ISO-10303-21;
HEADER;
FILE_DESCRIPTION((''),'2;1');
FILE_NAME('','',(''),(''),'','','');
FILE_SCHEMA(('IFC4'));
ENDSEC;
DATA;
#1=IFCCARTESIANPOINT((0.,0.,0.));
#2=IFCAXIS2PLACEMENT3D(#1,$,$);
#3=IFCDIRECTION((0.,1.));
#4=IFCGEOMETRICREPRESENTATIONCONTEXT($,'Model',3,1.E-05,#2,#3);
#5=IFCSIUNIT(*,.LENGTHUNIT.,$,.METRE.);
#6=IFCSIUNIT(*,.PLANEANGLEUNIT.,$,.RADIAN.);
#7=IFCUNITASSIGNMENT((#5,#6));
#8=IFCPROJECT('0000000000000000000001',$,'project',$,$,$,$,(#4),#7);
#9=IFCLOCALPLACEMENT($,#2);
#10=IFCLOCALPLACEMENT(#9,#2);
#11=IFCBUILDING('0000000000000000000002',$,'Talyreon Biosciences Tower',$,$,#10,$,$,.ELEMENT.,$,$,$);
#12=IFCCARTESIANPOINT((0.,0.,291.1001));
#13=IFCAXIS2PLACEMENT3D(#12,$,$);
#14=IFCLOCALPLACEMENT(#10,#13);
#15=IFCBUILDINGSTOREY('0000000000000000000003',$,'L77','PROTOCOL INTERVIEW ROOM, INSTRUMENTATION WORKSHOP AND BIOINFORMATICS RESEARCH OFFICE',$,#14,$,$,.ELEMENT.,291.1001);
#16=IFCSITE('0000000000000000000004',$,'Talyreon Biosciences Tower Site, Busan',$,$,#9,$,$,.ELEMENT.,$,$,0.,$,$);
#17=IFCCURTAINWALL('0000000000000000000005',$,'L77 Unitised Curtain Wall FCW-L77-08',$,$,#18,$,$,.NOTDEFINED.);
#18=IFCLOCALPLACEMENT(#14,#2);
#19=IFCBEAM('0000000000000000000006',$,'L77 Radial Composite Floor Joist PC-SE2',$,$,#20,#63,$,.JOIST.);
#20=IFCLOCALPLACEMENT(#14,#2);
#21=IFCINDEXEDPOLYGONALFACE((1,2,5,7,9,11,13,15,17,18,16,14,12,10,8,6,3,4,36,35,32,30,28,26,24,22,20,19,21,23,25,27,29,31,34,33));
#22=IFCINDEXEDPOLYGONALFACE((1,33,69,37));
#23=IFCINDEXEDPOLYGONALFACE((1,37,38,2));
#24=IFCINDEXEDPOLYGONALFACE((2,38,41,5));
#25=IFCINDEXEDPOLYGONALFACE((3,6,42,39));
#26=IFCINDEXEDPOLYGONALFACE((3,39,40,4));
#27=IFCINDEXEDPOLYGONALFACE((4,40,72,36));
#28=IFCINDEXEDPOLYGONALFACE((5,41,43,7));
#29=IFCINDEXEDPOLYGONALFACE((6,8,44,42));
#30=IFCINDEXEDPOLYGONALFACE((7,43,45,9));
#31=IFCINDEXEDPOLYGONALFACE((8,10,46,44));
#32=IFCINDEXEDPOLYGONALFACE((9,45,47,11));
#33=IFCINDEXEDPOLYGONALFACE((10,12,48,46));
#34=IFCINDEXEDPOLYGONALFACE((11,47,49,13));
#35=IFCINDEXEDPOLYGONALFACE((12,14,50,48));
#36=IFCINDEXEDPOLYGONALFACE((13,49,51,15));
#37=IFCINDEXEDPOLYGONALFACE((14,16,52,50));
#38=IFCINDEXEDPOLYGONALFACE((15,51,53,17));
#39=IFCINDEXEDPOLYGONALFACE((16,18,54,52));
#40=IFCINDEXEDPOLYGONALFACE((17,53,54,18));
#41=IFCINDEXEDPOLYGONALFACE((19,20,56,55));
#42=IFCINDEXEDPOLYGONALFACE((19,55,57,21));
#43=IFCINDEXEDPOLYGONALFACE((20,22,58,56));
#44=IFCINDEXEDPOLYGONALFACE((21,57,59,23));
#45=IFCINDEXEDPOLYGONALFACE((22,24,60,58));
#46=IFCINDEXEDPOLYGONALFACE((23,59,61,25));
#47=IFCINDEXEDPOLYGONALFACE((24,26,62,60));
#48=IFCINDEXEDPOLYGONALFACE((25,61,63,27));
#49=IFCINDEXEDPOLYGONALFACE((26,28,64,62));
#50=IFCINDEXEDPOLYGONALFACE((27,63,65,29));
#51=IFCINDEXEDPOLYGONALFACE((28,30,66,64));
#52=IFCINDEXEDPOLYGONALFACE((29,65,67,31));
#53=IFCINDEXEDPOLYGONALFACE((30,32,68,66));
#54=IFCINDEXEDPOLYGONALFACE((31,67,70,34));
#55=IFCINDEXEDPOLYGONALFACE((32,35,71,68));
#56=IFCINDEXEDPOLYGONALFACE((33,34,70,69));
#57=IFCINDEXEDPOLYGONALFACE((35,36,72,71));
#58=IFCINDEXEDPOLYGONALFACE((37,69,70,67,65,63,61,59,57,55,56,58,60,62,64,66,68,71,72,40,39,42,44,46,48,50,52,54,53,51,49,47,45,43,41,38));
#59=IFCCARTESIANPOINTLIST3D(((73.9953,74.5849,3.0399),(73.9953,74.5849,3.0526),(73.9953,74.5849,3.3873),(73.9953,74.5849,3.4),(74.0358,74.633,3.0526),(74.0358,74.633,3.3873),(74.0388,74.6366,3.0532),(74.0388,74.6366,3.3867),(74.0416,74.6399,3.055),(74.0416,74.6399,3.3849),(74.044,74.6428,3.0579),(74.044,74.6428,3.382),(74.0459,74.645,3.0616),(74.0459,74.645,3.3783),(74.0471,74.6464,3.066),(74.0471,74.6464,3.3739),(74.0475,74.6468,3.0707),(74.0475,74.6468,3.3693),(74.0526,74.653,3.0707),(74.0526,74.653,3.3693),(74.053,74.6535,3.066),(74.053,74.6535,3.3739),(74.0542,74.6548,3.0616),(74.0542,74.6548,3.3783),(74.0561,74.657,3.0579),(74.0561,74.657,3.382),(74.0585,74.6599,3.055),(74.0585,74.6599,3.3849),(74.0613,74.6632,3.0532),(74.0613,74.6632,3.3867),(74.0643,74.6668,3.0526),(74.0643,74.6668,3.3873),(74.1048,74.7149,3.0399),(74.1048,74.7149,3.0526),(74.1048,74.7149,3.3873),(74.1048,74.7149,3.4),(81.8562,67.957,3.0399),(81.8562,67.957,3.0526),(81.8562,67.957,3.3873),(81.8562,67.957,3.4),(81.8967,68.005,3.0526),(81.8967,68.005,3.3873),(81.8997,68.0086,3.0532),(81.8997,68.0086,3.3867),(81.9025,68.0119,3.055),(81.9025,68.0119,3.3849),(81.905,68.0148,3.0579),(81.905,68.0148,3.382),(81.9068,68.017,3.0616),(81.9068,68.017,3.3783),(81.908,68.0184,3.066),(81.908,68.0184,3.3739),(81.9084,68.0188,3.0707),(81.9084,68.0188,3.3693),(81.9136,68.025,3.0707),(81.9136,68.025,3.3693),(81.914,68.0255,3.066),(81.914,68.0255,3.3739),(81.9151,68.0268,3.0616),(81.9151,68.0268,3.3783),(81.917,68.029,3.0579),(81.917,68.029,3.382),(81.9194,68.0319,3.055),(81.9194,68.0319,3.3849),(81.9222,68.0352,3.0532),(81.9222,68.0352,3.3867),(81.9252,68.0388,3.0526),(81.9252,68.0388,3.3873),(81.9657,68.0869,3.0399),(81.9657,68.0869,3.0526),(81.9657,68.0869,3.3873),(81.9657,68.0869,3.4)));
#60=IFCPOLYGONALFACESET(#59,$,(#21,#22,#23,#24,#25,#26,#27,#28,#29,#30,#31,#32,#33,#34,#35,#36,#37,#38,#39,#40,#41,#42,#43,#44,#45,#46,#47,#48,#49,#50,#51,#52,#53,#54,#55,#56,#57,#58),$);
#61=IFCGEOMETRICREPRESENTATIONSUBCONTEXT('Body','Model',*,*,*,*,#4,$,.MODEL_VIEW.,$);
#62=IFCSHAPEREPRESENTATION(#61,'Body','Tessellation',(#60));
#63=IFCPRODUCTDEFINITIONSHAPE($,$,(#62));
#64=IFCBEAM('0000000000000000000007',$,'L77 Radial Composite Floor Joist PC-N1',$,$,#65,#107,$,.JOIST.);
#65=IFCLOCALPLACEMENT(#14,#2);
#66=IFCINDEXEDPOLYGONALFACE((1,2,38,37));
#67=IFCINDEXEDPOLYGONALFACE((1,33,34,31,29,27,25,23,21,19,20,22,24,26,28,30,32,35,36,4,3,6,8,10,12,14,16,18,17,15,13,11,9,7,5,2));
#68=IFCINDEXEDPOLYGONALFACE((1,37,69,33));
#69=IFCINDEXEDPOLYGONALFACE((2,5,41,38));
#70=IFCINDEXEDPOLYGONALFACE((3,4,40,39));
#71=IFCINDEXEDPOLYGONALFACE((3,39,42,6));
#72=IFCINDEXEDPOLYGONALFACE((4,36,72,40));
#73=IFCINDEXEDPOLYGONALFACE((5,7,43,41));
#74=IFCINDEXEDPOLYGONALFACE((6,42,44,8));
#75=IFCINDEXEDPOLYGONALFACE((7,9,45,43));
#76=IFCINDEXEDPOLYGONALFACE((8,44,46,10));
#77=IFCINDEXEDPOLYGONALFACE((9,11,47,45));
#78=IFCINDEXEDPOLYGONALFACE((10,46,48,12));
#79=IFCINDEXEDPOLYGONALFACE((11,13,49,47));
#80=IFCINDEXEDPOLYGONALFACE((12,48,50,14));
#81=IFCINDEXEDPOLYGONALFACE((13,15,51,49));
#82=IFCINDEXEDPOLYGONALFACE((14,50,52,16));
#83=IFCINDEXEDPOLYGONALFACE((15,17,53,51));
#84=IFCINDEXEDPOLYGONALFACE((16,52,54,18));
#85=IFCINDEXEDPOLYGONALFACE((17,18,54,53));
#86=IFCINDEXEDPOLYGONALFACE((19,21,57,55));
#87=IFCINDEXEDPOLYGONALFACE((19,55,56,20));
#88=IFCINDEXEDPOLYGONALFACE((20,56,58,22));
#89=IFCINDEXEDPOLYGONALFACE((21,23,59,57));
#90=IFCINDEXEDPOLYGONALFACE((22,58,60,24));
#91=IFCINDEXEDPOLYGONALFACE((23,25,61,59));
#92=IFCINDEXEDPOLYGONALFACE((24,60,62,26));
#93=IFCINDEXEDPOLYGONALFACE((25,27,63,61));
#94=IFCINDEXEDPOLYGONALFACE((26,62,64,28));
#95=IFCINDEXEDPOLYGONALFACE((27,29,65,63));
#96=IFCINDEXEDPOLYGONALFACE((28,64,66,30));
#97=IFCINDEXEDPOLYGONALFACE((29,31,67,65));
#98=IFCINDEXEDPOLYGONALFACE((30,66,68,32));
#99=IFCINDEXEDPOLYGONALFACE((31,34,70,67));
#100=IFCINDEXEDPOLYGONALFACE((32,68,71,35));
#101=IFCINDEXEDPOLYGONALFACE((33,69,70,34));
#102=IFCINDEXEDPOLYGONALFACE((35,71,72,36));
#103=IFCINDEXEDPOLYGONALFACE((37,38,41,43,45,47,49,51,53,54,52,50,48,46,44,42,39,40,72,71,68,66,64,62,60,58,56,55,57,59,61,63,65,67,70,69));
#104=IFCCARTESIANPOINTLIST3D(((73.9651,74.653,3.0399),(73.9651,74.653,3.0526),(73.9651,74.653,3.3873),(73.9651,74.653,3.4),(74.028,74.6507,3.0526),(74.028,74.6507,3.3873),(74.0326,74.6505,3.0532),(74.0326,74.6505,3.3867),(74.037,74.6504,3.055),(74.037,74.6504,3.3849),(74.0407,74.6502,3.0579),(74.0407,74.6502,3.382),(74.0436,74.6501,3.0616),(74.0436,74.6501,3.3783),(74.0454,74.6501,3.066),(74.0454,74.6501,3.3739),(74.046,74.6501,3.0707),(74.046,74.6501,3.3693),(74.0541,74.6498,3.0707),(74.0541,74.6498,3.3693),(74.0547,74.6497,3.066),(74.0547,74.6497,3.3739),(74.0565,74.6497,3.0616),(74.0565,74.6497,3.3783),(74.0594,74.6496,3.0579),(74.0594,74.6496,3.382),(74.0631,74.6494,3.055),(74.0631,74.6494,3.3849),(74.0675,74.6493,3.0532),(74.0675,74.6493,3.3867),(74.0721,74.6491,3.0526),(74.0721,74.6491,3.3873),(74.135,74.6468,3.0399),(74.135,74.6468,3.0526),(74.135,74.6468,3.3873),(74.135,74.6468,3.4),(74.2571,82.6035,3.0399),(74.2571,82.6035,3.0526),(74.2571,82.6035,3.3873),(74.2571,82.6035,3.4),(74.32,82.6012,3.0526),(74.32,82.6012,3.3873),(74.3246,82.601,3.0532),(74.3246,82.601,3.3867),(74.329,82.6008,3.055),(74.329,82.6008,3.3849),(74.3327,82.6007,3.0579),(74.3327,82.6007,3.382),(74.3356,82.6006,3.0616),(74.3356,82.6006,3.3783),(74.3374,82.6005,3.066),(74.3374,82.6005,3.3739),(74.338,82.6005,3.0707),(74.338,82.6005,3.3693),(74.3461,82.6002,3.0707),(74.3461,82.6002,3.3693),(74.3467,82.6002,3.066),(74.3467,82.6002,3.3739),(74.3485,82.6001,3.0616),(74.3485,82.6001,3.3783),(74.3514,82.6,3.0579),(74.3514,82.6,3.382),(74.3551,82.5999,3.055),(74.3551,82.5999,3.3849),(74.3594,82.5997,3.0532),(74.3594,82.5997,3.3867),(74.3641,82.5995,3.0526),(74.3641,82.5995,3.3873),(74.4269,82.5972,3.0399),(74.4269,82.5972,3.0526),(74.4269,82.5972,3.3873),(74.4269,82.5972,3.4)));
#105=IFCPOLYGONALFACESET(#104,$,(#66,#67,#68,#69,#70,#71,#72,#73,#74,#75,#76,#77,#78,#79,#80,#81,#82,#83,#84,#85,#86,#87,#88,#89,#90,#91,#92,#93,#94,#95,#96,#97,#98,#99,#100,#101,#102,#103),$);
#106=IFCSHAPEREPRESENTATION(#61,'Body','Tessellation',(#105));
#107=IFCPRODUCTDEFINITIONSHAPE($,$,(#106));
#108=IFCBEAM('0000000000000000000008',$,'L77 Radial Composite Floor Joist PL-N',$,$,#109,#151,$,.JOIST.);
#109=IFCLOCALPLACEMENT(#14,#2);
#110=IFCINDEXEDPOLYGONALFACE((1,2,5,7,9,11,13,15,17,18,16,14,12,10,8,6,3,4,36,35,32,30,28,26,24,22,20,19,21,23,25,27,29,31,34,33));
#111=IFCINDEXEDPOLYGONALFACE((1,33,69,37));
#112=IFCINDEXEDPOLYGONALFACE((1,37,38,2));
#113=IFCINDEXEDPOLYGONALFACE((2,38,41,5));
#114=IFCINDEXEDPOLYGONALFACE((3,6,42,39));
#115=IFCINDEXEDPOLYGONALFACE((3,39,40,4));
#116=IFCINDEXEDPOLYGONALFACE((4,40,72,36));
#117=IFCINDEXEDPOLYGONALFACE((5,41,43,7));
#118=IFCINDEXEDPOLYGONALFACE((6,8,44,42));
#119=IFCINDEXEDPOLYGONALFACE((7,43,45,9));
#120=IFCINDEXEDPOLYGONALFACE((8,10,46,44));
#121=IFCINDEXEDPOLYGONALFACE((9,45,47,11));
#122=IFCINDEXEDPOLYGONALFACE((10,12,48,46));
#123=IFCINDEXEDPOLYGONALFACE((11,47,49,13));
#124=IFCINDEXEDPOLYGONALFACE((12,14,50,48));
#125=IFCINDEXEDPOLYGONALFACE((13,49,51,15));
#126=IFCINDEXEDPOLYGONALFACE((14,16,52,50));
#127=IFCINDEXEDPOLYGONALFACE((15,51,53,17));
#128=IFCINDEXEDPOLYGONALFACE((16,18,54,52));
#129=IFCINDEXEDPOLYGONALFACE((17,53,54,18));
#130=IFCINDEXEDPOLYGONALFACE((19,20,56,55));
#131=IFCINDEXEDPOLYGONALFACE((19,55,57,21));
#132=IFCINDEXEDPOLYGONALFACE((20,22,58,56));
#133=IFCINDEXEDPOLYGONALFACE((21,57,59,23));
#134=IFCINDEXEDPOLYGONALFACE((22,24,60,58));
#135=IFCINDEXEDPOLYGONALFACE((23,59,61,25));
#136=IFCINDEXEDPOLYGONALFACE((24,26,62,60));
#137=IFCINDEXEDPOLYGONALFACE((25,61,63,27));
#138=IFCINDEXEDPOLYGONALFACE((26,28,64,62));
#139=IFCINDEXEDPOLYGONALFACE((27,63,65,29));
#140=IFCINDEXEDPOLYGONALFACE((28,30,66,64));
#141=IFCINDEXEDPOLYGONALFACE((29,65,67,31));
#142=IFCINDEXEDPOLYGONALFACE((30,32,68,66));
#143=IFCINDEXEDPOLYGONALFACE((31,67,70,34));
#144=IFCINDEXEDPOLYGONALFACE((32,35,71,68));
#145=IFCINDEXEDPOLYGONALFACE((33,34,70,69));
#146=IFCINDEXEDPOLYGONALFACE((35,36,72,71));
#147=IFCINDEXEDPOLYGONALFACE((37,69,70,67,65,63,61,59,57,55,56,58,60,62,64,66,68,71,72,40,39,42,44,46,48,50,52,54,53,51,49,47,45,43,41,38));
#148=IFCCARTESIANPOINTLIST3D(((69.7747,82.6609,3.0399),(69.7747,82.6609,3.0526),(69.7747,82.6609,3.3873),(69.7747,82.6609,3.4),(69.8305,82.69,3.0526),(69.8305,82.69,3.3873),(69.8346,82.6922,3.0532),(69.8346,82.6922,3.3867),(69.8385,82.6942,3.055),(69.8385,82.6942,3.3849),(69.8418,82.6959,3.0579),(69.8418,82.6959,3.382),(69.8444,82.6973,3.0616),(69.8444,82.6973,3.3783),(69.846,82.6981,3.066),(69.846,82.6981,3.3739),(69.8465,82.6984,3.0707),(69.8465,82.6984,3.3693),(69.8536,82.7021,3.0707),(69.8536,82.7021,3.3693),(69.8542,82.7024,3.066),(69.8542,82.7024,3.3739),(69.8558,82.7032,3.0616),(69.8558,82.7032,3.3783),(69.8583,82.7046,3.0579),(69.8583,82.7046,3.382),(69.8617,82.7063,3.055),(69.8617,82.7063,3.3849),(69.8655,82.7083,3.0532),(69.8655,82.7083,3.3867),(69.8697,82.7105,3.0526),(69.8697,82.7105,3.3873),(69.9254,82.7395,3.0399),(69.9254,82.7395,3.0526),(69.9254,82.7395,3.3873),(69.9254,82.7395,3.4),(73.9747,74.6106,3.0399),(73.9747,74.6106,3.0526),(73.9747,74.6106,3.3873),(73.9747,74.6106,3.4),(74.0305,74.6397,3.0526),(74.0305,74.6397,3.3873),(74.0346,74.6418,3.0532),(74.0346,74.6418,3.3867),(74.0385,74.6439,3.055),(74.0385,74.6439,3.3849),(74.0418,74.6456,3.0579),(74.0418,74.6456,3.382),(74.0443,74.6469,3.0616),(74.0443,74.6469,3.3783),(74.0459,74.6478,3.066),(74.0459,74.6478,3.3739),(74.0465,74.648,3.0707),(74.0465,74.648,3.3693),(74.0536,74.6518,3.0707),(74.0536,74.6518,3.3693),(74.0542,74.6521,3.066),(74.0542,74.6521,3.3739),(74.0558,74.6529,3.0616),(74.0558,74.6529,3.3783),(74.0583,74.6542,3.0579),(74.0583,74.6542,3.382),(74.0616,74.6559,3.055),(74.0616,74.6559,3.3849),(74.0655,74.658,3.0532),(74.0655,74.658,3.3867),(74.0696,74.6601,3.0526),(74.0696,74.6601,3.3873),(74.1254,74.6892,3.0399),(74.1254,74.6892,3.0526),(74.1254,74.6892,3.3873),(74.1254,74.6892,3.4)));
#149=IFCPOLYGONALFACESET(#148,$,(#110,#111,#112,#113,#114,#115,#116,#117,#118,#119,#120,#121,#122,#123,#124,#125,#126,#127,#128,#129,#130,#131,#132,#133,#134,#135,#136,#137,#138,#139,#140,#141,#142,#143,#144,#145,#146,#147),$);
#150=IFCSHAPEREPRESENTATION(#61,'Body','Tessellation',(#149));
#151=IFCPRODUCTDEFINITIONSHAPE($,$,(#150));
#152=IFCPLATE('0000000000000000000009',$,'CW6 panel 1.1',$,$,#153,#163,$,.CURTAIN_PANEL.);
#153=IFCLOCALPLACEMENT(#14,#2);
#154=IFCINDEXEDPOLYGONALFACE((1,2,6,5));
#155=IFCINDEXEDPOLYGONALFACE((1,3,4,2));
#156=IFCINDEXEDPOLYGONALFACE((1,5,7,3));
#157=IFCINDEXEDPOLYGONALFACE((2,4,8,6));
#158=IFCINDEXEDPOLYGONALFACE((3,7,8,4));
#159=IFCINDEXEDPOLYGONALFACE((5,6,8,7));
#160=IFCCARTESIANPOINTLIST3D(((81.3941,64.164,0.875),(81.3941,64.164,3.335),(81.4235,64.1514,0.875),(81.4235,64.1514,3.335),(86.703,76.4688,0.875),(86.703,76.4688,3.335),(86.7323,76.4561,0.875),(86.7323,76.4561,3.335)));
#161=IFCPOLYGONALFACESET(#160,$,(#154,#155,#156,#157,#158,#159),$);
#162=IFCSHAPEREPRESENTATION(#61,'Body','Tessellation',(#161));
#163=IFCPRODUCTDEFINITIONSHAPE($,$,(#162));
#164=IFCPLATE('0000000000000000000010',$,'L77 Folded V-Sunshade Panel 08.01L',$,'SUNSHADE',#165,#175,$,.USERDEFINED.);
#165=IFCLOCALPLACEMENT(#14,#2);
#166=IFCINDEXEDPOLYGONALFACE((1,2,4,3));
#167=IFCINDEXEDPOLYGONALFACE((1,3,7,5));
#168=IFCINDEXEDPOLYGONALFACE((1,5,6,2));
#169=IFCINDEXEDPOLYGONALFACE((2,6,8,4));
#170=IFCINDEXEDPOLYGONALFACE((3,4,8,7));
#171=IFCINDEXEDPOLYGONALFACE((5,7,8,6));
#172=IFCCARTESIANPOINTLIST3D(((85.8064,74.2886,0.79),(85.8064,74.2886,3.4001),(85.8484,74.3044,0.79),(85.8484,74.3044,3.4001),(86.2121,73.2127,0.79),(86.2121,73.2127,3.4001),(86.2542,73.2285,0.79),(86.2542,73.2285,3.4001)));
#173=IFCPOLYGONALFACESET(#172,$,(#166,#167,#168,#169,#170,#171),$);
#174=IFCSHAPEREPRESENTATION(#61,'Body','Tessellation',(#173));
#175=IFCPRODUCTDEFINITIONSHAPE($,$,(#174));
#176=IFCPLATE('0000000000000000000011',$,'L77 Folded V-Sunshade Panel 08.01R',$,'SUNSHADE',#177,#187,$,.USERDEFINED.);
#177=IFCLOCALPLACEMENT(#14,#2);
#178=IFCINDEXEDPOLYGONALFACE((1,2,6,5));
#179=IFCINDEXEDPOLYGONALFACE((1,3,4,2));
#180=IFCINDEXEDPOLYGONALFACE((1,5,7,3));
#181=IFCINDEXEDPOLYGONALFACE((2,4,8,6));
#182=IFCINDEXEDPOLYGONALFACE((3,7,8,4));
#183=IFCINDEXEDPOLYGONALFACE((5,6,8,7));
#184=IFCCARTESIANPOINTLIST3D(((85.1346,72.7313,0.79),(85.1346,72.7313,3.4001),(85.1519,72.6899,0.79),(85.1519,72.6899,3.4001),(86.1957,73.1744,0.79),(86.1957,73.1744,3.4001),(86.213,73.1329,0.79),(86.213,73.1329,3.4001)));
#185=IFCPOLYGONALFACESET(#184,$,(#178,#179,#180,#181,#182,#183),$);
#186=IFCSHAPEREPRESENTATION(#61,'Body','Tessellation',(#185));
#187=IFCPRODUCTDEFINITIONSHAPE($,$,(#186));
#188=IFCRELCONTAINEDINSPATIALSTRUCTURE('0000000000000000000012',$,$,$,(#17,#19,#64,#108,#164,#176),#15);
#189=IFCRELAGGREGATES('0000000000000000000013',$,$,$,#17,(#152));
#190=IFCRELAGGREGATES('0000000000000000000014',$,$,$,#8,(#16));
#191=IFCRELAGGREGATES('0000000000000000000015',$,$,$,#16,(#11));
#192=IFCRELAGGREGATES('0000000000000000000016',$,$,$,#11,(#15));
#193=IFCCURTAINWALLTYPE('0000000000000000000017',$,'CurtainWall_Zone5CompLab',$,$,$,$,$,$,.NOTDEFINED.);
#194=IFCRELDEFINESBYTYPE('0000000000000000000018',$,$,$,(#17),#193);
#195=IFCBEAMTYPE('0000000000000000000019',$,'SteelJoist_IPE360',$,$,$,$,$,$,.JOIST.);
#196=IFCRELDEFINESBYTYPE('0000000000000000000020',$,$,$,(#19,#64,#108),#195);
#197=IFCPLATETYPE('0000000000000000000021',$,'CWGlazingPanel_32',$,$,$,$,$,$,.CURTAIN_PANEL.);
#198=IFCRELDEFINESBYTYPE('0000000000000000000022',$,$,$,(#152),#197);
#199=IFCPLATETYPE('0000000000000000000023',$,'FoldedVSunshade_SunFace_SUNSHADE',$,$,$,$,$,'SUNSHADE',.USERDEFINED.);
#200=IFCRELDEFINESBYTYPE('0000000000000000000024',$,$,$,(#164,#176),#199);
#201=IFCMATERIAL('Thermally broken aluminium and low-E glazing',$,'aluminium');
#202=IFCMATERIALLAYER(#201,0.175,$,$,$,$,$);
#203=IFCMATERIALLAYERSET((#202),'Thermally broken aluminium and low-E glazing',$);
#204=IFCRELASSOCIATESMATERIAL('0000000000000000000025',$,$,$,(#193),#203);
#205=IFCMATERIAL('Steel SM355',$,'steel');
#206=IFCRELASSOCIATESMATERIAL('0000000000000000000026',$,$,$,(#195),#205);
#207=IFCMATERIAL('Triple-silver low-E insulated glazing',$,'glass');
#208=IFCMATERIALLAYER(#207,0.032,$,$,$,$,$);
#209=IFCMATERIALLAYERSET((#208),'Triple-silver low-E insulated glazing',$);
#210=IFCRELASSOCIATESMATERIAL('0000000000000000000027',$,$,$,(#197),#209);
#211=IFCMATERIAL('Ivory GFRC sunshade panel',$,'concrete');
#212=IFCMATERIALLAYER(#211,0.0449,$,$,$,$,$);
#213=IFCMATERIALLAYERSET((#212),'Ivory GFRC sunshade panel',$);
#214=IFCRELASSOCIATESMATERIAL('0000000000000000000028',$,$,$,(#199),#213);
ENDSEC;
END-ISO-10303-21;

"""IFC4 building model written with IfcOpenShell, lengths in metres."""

from ifc_helpers import new_model, si_unit, direction, frame, origin, origin_2d, place, context, subcontext, project, spatial, rectangle, i_section, extrude, material, layer, layer_set, material_profile, profile_set, type_object, element, aggregate, save


model = new_model("IFC4")

# Units and contexts
model_context = context("Model", 3, precision=1e-05, world=origin(), true_north=direction((0.0, 1.0)))
body_context = subcontext(model_context, "Body", "Model", "MODEL_VIEW")
ifc_project = project(units=[si_unit("LENGTHUNIT", "METRE"), si_unit("PLANEANGLEUNIT", "RADIAN")], contexts=[model_context])

# Site, building, storey
site_placement = place(None, origin())
site = spatial("IfcSite", under=ifc_project, at=site_placement, Name="Talyreon Biosciences Tower Site, Busan", CompositionType="ELEMENT", RefElevation=0.0)
building_placement = place(site_placement, origin())
building = spatial("IfcBuilding", under=site, at=building_placement, Name="Talyreon Biosciences Tower", CompositionType="ELEMENT")
storey_placement = place(building_placement, frame((0.0, 0.0, 291.1001)))
storey = spatial("IfcBuildingStorey", under=building, at=storey_placement, Name="L77", Description="PROTOCOL INTERVIEW ROOM, INSTRUMENTATION WORKSHOP AND BIOINFORMATICS RESEARCH OFFICE", CompositionType="ELEMENT", Elevation=291.1001)

# Shared definitions
ifc_material_1 = material(Name="Thermally broken aluminium and low-E glazing", Category="aluminium")
ifc_layer_1 = layer(ifc_material_1, 0.175)
ifc_layer_set_1 = layer_set([ifc_layer_1], Name="Thermally broken aluminium and low-E glazing")
curtain_wall_type = type_object("IfcCurtainWallType", Name="CurtainWall_Zone5CompLab", PredefinedType="NOTDEFINED", material=ifc_layer_set_1)

# Curtain wall
curtain_wall_1_placement = place(storey_placement, origin())
curtain_wall_1 = element("IfcCurtainWall", 1, at=curtain_wall_1_placement, inside=storey, type_object=curtain_wall_type, Name="L77 Unitised Curtain Wall FCW-L77-08", PredefinedType="NOTDEFINED")

# Beams
ifc_material_2 = material(Name="Steel SM355", Category="steel")
ifc_material_profile_1 = material_profile(ifc_material_2, i_section(OverallWidth=0.1699, OverallDepth=0.3601, WebThickness=0.0081, FlangeThickness=0.0127, FilletRadius=0.0181, at=origin_2d()), Name="IPE360")
ifc_profile_set_1 = profile_set([ifc_material_profile_1], Name="Steel SM355")
beam_type_1 = type_object("IfcBeamType", Name="SteelJoist_IPE360", PredefinedType="JOIST", material=ifc_profile_set_1)
beam_1_placement = place(storey_placement, frame((74.05, 74.6499, 3.22), z_axis=(0.764515, -0.644607, 0.0), x_axis=(0.644607, 0.764515, 0.0)))
element("IfcBeam", 2, at=beam_1_placement, inside=storey, type_object=beam_type_1, Name="L77 Radial Composite Floor Joist PC-SE2", PredefinedType="JOIST", context=body_context, shape_type="SweptSolid", body=[
    extrude(i_section(OverallWidth=0.1699, OverallDepth=0.3601, WebThickness=0.0081, FlangeThickness=0.0127, FilletRadius=0.0181, at=origin_2d()), origin(), (0.0, 0.0, 1.0), 10.2822),
])
beam_2_placement = place(storey_placement, frame((74.05, 74.6499, 3.22), z_axis=(0.036702, 0.999326, 0.0), x_axis=(-0.999326, 0.036702, 0.0)))
element("IfcBeam", 3, at=beam_2_placement, inside=storey, type_object=beam_type_1, Name="L77 Radial Composite Floor Joist PC-N1", PredefinedType="JOIST", context=body_context, shape_type="SweptSolid", body=[
    extrude(i_section(OverallWidth=0.1699, OverallDepth=0.3601, WebThickness=0.0081, FlangeThickness=0.0127, FilletRadius=0.0181, at=origin_2d()), origin(), (0.0, 0.0, 1.0), 7.9558),
])
beam_3_placement = place(storey_placement, frame((74.05, 74.6499, 3.22), z_axis=(-0.462549, 0.886594, 0.0), x_axis=(-0.886594, -0.462549, 0.0)))
element("IfcBeam", 4, at=beam_3_placement, inside=storey, type_object=beam_type_1, Name="L77 Radial Composite Floor Joist PL-N", PredefinedType="JOIST", context=body_context, shape_type="SweptSolid", body=[
    extrude(i_section(OverallWidth=0.1699, OverallDepth=0.3601, WebThickness=0.0081, FlangeThickness=0.0127, FilletRadius=0.0181, at=origin_2d()), origin(), (0.0, 0.0, 1.0), 9.0801),
])

# Plate
ifc_material_3 = material(Name="Triple-silver low-E insulated glazing", Category="glass")
ifc_layer_2 = layer(ifc_material_3, 0.032)
ifc_layer_set_2 = layer_set([ifc_layer_2], Name="Triple-silver low-E insulated glazing")
plate_type_1 = type_object("IfcPlateType", Name="CWGlazingPanel_32", PredefinedType="CURTAIN_PANEL", material=ifc_layer_set_2)
plate_placement = place(storey_placement, frame((84.0632, 70.3101, 0.875), z_axis=(0.0, 0.0, 1.0), x_axis=(-0.396147, -0.918187, 0.0)))
plate = element("IfcPlate", 5, at=plate_placement, type_object=plate_type_1, Name="CW6 panel 1.1", PredefinedType="CURTAIN_PANEL", context=body_context, shape_type="SweptSolid", body=[
    extrude(rectangle(XDim=13.4011, YDim=0.032, at=origin_2d()), origin(), (0.0, 0.0, 1.0), 2.46),
])
aggregate(curtain_wall_1, [plate])

# Plates
ifc_material_4 = material(Name="Ivory GFRC sunshade panel", Category="concrete")
ifc_layer_3 = layer(ifc_material_4, 0.0449)
ifc_layer_set_3 = layer_set([ifc_layer_3], Name="Ivory GFRC sunshade panel")
plate_type_2 = type_object("IfcPlateType", Name="FoldedVSunshade_SunFace_SUNSHADE", ElementType="SUNSHADE", PredefinedType="USERDEFINED", material=ifc_layer_set_3)
for number, where, z_axis, x_axis, name in (
    (6, (86.0303, 73.7585, 0.79), (0.0, 0.0, 1.0), (0.352871, -0.935672, 0.0), "L77 Folded V-Sunshade Panel 08.01L"),
    (7, (85.6738, 72.9321, 0.79), (0.0, 0.0, 1.0), (-0.922787, -0.38531, 0.0), "L77 Folded V-Sunshade Panel 08.01R"),
):
    element("IfcPlate", number, at=place(storey_placement, frame(where, z_axis=z_axis, x_axis=x_axis)), inside=storey, type_object=plate_type_2, Name=name, ObjectType="SUNSHADE", PredefinedType="USERDEFINED", context=body_context, shape_type="SweptSolid", body=[
        extrude(rectangle(XDim=1.1499, YDim=0.0449, at=origin_2d()), origin(), (0.0, 0.0, 1.0), 2.6101),
    ])

save(model, "model.ifc")
